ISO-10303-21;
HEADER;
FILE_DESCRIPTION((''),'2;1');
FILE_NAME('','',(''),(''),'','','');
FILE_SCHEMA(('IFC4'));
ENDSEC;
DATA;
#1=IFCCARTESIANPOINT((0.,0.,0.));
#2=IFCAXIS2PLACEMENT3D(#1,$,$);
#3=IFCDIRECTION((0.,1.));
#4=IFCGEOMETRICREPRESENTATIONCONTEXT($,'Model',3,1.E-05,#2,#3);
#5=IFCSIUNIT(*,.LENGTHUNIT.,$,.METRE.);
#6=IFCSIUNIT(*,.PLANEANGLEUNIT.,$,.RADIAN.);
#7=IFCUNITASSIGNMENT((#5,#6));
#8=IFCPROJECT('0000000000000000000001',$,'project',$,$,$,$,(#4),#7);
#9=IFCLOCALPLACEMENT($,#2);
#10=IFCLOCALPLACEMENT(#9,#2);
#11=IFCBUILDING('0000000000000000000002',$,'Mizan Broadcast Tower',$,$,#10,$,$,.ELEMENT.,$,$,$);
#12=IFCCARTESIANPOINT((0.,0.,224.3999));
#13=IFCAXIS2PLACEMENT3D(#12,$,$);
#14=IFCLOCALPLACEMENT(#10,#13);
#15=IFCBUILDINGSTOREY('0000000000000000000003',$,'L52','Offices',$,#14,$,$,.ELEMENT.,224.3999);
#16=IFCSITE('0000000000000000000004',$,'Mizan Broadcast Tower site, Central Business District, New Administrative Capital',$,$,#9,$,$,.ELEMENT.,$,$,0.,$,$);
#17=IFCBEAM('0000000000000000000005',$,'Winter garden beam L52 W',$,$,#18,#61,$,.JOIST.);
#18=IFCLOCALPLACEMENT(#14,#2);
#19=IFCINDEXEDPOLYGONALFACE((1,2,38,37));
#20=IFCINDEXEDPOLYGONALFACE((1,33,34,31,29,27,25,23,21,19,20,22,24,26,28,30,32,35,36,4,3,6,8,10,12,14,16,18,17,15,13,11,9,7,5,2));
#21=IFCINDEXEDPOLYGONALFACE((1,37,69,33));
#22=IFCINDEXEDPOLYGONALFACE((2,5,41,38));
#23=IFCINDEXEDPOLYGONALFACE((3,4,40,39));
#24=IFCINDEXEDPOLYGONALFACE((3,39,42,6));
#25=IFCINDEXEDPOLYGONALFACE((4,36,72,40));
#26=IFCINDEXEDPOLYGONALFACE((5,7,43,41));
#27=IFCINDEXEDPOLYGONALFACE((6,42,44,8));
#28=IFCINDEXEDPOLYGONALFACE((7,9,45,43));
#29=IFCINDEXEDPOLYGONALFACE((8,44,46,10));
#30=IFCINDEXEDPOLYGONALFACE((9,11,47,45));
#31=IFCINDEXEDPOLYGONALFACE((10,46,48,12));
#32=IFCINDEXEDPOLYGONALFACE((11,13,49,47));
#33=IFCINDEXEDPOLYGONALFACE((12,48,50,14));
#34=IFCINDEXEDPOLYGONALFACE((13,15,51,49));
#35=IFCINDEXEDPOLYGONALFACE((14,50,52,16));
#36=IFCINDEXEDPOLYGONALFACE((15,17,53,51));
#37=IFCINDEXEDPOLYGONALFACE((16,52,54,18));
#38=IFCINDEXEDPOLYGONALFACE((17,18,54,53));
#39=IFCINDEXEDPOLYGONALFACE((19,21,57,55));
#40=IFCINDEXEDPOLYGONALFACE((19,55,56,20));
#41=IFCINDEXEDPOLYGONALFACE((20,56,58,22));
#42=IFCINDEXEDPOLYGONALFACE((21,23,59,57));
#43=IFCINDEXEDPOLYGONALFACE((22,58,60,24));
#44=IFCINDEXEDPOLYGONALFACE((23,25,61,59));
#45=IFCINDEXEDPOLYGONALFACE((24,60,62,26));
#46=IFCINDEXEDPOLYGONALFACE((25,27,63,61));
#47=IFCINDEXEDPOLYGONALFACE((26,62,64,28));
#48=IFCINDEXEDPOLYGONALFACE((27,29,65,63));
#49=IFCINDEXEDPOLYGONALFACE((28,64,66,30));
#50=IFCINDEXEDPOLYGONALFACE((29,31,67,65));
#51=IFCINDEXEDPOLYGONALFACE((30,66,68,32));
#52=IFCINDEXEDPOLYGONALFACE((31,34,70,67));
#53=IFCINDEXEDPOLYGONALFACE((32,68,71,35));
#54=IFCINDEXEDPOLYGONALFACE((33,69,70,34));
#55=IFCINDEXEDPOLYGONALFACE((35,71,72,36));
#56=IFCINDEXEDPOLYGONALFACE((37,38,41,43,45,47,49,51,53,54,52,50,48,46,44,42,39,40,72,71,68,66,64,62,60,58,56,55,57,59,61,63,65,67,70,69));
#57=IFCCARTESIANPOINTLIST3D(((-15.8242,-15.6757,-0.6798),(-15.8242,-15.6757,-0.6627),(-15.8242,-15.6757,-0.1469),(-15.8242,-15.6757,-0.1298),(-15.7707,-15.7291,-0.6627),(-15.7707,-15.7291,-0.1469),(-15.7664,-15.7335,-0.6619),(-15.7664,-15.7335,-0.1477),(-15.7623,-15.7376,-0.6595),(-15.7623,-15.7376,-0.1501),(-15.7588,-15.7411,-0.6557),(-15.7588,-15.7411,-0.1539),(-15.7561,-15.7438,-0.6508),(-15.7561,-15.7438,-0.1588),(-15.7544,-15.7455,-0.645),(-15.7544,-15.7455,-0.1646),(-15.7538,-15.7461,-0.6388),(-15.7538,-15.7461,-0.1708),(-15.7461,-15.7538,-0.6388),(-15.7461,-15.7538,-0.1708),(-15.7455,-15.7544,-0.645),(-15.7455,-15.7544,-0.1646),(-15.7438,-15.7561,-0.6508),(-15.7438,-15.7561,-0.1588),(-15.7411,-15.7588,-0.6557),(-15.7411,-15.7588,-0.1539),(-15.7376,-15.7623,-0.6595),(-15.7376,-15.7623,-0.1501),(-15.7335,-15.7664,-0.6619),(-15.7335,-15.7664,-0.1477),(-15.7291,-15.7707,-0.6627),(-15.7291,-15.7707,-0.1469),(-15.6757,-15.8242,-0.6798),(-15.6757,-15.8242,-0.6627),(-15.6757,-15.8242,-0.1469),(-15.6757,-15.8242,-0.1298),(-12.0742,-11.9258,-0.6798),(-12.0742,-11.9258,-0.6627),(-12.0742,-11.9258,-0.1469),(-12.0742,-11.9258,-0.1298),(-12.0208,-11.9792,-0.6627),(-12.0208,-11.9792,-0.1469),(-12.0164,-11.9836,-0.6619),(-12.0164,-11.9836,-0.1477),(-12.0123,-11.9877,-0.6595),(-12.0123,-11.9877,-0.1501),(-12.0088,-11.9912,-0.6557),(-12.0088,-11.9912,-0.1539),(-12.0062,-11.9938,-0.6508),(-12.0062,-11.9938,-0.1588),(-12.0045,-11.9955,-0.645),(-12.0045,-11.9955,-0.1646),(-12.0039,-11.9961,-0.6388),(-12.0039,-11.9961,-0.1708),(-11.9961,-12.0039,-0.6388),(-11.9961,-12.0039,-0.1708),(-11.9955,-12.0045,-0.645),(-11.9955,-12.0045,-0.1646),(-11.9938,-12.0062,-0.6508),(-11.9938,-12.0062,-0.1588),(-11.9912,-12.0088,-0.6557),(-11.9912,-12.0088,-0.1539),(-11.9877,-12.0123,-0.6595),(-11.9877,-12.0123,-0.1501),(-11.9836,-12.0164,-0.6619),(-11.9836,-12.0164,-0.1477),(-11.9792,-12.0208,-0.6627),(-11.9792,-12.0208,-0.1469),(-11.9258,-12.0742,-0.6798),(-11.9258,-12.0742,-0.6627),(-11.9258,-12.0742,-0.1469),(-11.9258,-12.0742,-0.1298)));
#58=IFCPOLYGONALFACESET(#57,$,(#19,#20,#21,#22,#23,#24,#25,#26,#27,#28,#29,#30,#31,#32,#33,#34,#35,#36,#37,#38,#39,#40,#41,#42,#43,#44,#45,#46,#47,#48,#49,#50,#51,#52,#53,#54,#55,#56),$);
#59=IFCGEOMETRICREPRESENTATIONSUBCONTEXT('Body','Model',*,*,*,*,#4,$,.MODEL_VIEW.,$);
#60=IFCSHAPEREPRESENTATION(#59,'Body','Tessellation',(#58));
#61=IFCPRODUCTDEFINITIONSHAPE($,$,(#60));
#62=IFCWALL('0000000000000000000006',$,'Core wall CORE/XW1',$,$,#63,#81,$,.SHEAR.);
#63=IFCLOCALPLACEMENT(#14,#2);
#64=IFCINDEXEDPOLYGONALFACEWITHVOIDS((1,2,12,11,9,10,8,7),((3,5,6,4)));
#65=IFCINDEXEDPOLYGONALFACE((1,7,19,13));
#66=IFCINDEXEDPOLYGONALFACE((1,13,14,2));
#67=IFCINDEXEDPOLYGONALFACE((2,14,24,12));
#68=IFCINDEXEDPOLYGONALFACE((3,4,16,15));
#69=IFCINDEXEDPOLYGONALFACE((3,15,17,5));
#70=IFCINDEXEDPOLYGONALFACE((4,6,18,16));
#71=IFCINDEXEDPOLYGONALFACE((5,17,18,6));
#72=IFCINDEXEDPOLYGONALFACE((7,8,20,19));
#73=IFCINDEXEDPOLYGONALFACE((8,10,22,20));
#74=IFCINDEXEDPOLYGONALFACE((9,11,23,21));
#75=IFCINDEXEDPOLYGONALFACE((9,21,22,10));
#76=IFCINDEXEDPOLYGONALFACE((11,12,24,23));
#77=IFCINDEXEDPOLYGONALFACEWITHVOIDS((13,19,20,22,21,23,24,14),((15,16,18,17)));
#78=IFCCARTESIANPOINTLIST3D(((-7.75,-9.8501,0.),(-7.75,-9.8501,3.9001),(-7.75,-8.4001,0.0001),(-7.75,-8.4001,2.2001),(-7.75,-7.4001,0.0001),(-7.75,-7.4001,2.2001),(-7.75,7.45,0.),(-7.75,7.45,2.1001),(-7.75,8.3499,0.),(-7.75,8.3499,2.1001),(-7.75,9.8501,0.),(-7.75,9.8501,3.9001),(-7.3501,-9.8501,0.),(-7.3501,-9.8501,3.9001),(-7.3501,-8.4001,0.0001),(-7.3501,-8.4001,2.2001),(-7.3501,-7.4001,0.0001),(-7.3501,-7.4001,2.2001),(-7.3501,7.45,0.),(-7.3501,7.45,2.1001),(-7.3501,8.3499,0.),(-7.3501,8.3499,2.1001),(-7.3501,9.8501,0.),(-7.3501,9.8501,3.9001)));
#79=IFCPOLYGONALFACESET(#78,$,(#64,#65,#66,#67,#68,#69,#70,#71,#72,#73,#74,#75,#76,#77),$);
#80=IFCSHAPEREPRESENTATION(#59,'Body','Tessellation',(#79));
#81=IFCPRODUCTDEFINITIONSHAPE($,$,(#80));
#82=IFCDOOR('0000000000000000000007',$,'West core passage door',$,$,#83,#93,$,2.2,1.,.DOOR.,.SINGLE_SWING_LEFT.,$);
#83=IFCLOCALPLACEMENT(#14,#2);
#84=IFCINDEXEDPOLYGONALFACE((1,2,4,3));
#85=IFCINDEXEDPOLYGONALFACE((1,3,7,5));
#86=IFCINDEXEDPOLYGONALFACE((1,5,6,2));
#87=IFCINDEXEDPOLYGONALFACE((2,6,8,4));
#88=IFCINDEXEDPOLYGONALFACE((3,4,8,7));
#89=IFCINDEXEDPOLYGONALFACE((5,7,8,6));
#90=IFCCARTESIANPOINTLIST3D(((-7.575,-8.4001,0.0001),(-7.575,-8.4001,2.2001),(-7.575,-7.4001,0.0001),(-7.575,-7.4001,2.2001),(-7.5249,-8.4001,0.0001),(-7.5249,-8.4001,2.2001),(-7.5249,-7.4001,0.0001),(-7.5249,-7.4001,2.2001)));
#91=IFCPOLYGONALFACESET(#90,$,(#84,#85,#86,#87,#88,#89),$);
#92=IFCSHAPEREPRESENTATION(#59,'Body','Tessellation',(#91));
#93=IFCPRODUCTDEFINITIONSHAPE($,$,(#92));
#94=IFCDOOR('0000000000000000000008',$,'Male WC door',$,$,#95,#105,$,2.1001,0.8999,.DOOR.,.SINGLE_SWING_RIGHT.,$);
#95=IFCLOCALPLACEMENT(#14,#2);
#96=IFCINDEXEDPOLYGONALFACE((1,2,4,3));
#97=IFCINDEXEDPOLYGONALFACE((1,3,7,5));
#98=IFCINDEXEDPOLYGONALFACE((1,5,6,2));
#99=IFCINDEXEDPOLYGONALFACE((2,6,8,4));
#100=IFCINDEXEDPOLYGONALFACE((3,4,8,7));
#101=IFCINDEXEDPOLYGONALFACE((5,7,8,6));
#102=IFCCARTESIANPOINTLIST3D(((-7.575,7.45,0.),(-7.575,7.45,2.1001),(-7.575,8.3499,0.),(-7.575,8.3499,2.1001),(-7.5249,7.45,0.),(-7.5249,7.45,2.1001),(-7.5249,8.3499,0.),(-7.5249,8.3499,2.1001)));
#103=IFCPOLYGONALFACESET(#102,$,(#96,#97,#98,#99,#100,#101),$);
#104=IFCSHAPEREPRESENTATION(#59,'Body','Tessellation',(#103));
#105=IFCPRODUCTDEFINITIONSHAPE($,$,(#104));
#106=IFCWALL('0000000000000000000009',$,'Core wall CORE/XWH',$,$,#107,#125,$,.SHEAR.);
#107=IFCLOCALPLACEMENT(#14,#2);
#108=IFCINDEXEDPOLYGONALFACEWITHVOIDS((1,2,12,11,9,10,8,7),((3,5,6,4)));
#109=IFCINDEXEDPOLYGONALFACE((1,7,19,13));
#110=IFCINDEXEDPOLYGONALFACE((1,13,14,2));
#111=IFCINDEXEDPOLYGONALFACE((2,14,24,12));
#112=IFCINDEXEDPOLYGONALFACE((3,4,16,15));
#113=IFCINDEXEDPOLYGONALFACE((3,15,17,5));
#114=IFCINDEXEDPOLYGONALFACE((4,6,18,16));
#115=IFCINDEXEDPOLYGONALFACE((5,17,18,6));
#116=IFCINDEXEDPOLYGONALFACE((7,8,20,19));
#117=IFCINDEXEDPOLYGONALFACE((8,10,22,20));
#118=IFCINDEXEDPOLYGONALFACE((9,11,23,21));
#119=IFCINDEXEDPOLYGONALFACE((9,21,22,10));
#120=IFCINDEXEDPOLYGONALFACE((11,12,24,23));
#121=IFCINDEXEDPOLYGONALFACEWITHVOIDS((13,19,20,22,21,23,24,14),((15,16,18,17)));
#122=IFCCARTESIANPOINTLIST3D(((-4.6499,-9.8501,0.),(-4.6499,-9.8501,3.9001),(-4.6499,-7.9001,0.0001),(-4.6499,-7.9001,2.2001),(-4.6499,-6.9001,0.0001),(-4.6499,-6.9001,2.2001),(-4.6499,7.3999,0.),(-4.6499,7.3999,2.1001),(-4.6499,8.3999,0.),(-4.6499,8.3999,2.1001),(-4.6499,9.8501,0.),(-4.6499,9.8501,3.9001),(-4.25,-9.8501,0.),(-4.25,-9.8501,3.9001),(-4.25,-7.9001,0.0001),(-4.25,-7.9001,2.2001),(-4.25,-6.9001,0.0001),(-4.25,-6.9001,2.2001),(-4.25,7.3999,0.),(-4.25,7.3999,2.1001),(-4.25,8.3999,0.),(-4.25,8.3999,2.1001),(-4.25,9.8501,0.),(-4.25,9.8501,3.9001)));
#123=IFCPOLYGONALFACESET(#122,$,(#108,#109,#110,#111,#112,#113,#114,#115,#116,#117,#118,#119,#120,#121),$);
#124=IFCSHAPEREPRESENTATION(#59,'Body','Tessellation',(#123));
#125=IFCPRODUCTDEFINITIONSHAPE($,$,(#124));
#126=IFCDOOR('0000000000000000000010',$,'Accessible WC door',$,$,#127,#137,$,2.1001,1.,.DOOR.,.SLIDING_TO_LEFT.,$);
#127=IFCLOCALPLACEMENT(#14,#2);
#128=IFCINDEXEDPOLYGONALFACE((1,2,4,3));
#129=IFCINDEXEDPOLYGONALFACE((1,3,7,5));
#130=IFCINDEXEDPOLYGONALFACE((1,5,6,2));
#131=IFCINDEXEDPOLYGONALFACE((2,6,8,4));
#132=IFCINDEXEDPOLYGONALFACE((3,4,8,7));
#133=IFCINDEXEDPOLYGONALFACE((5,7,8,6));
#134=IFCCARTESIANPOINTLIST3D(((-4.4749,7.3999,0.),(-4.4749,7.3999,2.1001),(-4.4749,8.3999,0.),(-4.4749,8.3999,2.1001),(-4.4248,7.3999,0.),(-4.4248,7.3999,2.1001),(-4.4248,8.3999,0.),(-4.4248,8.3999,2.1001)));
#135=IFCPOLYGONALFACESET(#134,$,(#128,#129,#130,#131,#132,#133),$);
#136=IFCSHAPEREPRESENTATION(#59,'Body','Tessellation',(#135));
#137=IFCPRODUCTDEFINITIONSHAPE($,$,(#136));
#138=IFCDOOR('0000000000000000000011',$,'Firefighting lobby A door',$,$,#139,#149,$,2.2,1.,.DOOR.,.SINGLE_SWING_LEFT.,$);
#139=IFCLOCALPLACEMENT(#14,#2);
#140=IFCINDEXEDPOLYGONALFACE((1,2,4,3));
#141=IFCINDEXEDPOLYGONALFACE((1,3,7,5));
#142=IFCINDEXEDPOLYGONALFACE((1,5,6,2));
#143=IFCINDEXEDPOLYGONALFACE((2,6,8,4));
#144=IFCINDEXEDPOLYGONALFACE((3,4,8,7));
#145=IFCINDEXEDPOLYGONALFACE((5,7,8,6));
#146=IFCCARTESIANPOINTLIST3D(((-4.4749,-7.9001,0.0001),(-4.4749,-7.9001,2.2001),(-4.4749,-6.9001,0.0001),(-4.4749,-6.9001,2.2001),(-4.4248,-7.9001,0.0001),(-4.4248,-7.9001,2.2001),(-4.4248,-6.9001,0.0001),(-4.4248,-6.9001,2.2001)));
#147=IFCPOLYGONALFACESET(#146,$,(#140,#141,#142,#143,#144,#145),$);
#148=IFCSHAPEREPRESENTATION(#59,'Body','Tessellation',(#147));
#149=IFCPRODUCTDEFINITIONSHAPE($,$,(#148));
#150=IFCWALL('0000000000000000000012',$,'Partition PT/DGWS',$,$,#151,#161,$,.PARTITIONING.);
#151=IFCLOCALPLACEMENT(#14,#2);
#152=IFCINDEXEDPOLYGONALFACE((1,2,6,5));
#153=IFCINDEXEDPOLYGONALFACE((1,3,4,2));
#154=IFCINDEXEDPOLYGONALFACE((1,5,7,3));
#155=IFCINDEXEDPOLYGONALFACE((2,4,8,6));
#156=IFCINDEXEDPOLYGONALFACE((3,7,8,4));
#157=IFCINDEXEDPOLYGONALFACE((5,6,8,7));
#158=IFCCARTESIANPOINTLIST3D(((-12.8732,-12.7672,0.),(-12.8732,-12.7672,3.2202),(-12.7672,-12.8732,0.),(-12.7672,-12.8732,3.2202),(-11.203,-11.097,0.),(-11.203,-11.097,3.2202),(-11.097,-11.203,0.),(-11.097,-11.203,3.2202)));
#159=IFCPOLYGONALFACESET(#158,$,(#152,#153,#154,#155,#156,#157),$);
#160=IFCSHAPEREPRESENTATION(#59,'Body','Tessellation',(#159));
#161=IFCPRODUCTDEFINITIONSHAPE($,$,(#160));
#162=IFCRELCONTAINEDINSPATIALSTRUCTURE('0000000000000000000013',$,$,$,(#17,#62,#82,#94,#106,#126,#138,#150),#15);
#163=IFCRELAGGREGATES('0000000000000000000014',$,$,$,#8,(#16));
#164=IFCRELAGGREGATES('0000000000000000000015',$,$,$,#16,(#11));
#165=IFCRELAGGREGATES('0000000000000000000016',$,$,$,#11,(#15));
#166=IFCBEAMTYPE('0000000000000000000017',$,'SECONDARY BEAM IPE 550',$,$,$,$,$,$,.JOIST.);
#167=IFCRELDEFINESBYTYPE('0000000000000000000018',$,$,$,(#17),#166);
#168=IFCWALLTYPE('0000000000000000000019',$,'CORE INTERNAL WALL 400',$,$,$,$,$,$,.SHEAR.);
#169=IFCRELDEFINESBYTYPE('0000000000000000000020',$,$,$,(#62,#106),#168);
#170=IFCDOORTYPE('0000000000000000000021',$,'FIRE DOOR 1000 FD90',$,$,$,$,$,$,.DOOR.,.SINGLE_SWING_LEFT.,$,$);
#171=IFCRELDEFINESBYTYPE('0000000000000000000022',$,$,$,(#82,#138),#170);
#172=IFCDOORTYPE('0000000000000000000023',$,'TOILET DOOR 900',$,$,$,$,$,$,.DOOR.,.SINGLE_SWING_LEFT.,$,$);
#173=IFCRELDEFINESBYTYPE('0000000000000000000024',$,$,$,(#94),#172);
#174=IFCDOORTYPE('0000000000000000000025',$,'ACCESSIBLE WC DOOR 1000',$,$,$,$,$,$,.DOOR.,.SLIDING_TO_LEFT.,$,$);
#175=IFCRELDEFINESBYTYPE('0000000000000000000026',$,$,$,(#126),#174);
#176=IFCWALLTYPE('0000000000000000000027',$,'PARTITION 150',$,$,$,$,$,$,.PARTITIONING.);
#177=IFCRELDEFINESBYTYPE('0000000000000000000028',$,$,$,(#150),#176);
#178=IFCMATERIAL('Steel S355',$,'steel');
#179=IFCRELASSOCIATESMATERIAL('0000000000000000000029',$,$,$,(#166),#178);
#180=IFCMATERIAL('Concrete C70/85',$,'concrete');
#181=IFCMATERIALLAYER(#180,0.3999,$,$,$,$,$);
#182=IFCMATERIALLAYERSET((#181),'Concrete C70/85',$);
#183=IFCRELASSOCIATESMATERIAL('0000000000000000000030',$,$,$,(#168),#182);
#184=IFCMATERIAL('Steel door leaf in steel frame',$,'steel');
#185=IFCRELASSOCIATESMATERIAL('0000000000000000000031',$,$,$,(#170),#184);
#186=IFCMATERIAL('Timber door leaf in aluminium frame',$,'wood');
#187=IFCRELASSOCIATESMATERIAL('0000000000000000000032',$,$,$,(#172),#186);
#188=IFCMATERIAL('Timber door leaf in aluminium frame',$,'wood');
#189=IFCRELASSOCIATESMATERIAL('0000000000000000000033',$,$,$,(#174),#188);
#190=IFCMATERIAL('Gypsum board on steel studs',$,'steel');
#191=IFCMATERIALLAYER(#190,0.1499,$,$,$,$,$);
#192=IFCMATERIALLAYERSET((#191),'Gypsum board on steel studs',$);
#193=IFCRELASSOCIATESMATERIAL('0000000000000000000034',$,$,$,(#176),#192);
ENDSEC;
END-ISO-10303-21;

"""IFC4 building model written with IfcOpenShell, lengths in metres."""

from ifc_helpers import new_model, si_unit, direction, frame, frame_2d, origin, origin_2d, place, context, subcontext, project, spatial, rectangle, i_section, extrude, material, layer, layer_set, material_profile, profile_set, type_object, element, fill, save


model = new_model("IFC4")

# Units and contexts
model_context = context("Model", 3, precision=1e-05, world=origin(), true_north=direction((0.0, 1.0)))
body_context = subcontext(model_context, "Body", "Model", "MODEL_VIEW")
ifc_project = project(units=[si_unit("LENGTHUNIT", "METRE"), si_unit("PLANEANGLEUNIT", "RADIAN")], contexts=[model_context])

# Site, building, storey
site_placement = place(None, origin())
site = spatial("IfcSite", under=ifc_project, at=site_placement, Name="Mizan Broadcast Tower site, Central Business District, New Administrative Capital", CompositionType="ELEMENT", RefElevation=0.0)
building_placement = place(site_placement, origin())
building = spatial("IfcBuilding", under=site, at=building_placement, Name="Mizan Broadcast Tower", CompositionType="ELEMENT")
storey_placement = place(building_placement, frame((0.0, 0.0, 224.3999)))
storey = spatial("IfcBuildingStorey", under=building, at=storey_placement, Name="L52", Description="Offices", CompositionType="ELEMENT", Elevation=224.3999)

# Beam
ifc_material_1 = material(Name="Steel S355", Category="steel")
ifc_material_profile_1 = material_profile(ifc_material_1, i_section(OverallWidth=0.21, OverallDepth=0.55, WebThickness=0.011, FlangeThickness=0.0171, FilletRadius=0.0239, at=origin_2d()), Name="IPE 550")
ifc_profile_set_1 = profile_set([ifc_material_profile_1], Name="Steel S355")
beam_type_1 = type_object("IfcBeamType", Name="SECONDARY BEAM IPE 550", PredefinedType="JOIST", material=ifc_profile_set_1)
beam_1_placement = place(storey_placement, frame((-12.0, -12.0, -0.4048), z_axis=(-0.707107, -0.707107, 0.0), x_axis=(0.707107, -0.707107, 0.0)))
element("IfcBeam", 1, at=beam_1_placement, inside=storey, type_object=beam_type_1, Name="Winter garden beam L52 W", PredefinedType="JOIST", context=body_context, shape_type="SweptSolid", body=[
    extrude(i_section(OverallWidth=0.21, OverallDepth=0.55, WebThickness=0.011, FlangeThickness=0.0171, FilletRadius=0.0239, at=origin_2d()), origin(), (0.0, 0.0, 1.0), 5.3032),
])

# Walls, openings, doors
ifc_material_2 = material(Name="Concrete C70/85", Category="concrete")
ifc_layer_1 = layer(ifc_material_2, 0.3999)
ifc_layer_set_1 = layer_set([ifc_layer_1], Name="Concrete C70/85")
wall_type_1 = type_object("IfcWallType", Name="CORE INTERNAL WALL 400", PredefinedType="SHEAR", material=ifc_layer_set_1)
wall_1_placement = place(storey_placement, frame((-7.55, -9.8501, 0.0), z_axis=(0.0, 0.0, 1.0), x_axis=(0.0, 1.0, 0.0)))
wall_1 = element("IfcWall", 2, at=wall_1_placement, inside=storey, type_object=wall_type_1, Name="Core wall CORE/XW1", PredefinedType="SHEAR", context=body_context, shape_type="SweptSolid", body=[
    extrude(rectangle(XDim=19.7002, YDim=0.3999, at=frame_2d((9.8501, 0.0))), origin(), (0.0, 0.0, 1.0), 3.9001),
])
opening_1_placement = place(wall_1_placement, frame((1.45, 0.0, 0.0)))
opening_1 = element("IfcOpeningElement", 3, at=opening_1_placement, cuts=wall_1, PredefinedType="OPENING", context=body_context, shape_type="SweptSolid", body=[
    extrude(rectangle(XDim=1.0, YDim=2.2, at=frame_2d((0.5, 1.1001))), frame((0.0, 0.21, 0.0), z_axis=(0.0, -1.0, 0.0), x_axis=(1.0, 0.0, 0.0)), (0.0, 0.0, 1.0), 0.4199),
])
opening_2_placement = place(wall_1_placement, frame((17.3, 0.0, 0.0)))
opening_2 = element("IfcOpeningElement", 4, at=opening_2_placement, cuts=wall_1, PredefinedType="OPENING", context=body_context, shape_type="SweptSolid", body=[
    extrude(rectangle(XDim=0.8999, YDim=2.1001, at=frame_2d((0.45, 1.05))), frame((0.0, 0.21, 0.0), z_axis=(0.0, -1.0, 0.0), x_axis=(1.0, 0.0, 0.0)), (0.0, 0.0, 1.0), 0.4199),
])
ifc_material_3 = material(Name="Steel door leaf in steel frame", Category="steel")
door_type_1 = type_object("IfcDoorType", Name="FIRE DOOR 1000 FD90", OperationType="SINGLE_SWING_LEFT", PredefinedType="DOOR", material=ifc_material_3)
door_1_placement = place(opening_1_placement, origin())
door_1 = element("IfcDoor", 5, at=door_1_placement, inside=storey, type_object=door_type_1, Name="West core passage door", OperationType="SINGLE_SWING_LEFT", OverallHeight=2.2, OverallWidth=1.0, PredefinedType="DOOR", context=body_context, shape_type="SweptSolid", body=[
    extrude(rectangle(XDim=1.0, YDim=2.2, at=frame_2d((0.5, 1.1001))), frame((0.0, 0.0249, 0.0), z_axis=(0.0, -1.0, 0.0), x_axis=(1.0, 0.0, 0.0)), (0.0, 0.0, 1.0), 0.05),
])
fill(opening_1, door_1)
ifc_material_4 = material(Name="Timber door leaf in aluminium frame", Category="wood")
door_type_2 = type_object("IfcDoorType", Name="TOILET DOOR 900", OperationType="SINGLE_SWING_LEFT", PredefinedType="DOOR", material=ifc_material_4)
door_2_placement = place(opening_2_placement, origin())
door_2 = element("IfcDoor", 6, at=door_2_placement, inside=storey, type_object=door_type_2, Name="Male WC door", OperationType="SINGLE_SWING_RIGHT", OverallHeight=2.1001, OverallWidth=0.8999, PredefinedType="DOOR", context=body_context, shape_type="SweptSolid", body=[
    extrude(rectangle(XDim=0.8999, YDim=2.1001, at=frame_2d((0.45, 1.05))), frame((0.0, 0.0249, 0.0), z_axis=(0.0, -1.0, 0.0), x_axis=(1.0, 0.0, 0.0)), (0.0, 0.0, 1.0), 0.05),
])
fill(opening_2, door_2)
wall_2_placement = place(storey_placement, frame((-4.45, -9.8501, 0.0), z_axis=(0.0, 0.0, 1.0), x_axis=(0.0, 1.0, 0.0)))
wall_2 = element("IfcWall", 7, at=wall_2_placement, inside=storey, type_object=wall_type_1, Name="Core wall CORE/XWH", PredefinedType="SHEAR", context=body_context, shape_type="SweptSolid", body=[
    extrude(rectangle(XDim=19.7002, YDim=0.3999, at=frame_2d((9.8501, 0.0))), origin(), (0.0, 0.0, 1.0), 3.9001),
])
opening_3_placement = place(wall_2_placement, frame((1.95, 0.0, 0.0)))
opening_3 = element("IfcOpeningElement", 8, at=opening_3_placement, cuts=wall_2, PredefinedType="OPENING", context=body_context, shape_type="SweptSolid", body=[
    extrude(rectangle(XDim=1.0, YDim=2.2, at=frame_2d((0.5, 1.1001))), frame((0.0, 0.21, 0.0), z_axis=(0.0, -1.0, 0.0), x_axis=(1.0, 0.0, 0.0)), (0.0, 0.0, 1.0), 0.4199),
])
opening_4_placement = place(wall_2_placement, frame((17.25, 0.0, 0.0)))
opening_4 = element("IfcOpeningElement", 9, at=opening_4_placement, cuts=wall_2, PredefinedType="OPENING", context=body_context, shape_type="SweptSolid", body=[
    extrude(rectangle(XDim=1.0, YDim=2.1001, at=frame_2d((0.5, 1.05))), frame((0.0, 0.21, 0.0), z_axis=(0.0, -1.0, 0.0), x_axis=(1.0, 0.0, 0.0)), (0.0, 0.0, 1.0), 0.4199),
])
ifc_material_5 = material(Name="Timber door leaf in aluminium frame", Category="wood")
door_type_3 = type_object("IfcDoorType", Name="ACCESSIBLE WC DOOR 1000", OperationType="SLIDING_TO_LEFT", PredefinedType="DOOR", material=ifc_material_5)
door_3_placement = place(opening_4_placement, origin())
door_3 = element("IfcDoor", 10, at=door_3_placement, inside=storey, type_object=door_type_3, Name="Accessible WC door", OperationType="SLIDING_TO_LEFT", OverallHeight=2.1001, OverallWidth=1.0, PredefinedType="DOOR", context=body_context, shape_type="SweptSolid", body=[
    extrude(rectangle(XDim=1.0, YDim=2.1001, at=frame_2d((0.5, 1.05))), frame((0.0, 0.0249, 0.0), z_axis=(0.0, -1.0, 0.0), x_axis=(1.0, 0.0, 0.0)), (0.0, 0.0, 1.0), 0.05),
])
fill(opening_4, door_3)
door_4_placement = place(opening_3_placement, origin())
door_4 = element("IfcDoor", 11, at=door_4_placement, inside=storey, type_object=door_type_1, Name="Firefighting lobby A door", OperationType="SINGLE_SWING_LEFT", OverallHeight=2.2, OverallWidth=1.0, PredefinedType="DOOR", context=body_context, shape_type="SweptSolid", body=[
    extrude(rectangle(XDim=1.0, YDim=2.2, at=frame_2d((0.5, 1.1001))), frame((0.0, 0.0249, 0.0), z_axis=(0.0, -1.0, 0.0), x_axis=(1.0, 0.0, 0.0)), (0.0, 0.0, 1.0), 0.05),
])
fill(opening_3, door_4)

# Wall
ifc_material_6 = material(Name="Gypsum board on steel studs", Category="steel")
ifc_layer_2 = layer(ifc_material_6, 0.1499)
ifc_layer_set_2 = layer_set([ifc_layer_2], Name="Gypsum board on steel studs")
wall_type_2 = type_object("IfcWallType", Name="PARTITION 150", PredefinedType="PARTITIONING", material=ifc_layer_set_2)
wall_3_placement = place(storey_placement, frame((-11.1499, -11.1499, 0.0), z_axis=(0.0, 0.0, 1.0), x_axis=(-0.707107, -0.707107, 0.0)))
element("IfcWall", 12, at=wall_3_placement, inside=storey, type_object=wall_type_2, Name="Partition PT/DGWS", PredefinedType="PARTITIONING", context=body_context, shape_type="SweptSolid", body=[
    extrude(rectangle(XDim=2.3621, YDim=0.1499, at=frame_2d((1.1812, 0.0))), origin(), (0.0, 0.0, 1.0), 3.2202),
])

save(model, "model.ifc")
